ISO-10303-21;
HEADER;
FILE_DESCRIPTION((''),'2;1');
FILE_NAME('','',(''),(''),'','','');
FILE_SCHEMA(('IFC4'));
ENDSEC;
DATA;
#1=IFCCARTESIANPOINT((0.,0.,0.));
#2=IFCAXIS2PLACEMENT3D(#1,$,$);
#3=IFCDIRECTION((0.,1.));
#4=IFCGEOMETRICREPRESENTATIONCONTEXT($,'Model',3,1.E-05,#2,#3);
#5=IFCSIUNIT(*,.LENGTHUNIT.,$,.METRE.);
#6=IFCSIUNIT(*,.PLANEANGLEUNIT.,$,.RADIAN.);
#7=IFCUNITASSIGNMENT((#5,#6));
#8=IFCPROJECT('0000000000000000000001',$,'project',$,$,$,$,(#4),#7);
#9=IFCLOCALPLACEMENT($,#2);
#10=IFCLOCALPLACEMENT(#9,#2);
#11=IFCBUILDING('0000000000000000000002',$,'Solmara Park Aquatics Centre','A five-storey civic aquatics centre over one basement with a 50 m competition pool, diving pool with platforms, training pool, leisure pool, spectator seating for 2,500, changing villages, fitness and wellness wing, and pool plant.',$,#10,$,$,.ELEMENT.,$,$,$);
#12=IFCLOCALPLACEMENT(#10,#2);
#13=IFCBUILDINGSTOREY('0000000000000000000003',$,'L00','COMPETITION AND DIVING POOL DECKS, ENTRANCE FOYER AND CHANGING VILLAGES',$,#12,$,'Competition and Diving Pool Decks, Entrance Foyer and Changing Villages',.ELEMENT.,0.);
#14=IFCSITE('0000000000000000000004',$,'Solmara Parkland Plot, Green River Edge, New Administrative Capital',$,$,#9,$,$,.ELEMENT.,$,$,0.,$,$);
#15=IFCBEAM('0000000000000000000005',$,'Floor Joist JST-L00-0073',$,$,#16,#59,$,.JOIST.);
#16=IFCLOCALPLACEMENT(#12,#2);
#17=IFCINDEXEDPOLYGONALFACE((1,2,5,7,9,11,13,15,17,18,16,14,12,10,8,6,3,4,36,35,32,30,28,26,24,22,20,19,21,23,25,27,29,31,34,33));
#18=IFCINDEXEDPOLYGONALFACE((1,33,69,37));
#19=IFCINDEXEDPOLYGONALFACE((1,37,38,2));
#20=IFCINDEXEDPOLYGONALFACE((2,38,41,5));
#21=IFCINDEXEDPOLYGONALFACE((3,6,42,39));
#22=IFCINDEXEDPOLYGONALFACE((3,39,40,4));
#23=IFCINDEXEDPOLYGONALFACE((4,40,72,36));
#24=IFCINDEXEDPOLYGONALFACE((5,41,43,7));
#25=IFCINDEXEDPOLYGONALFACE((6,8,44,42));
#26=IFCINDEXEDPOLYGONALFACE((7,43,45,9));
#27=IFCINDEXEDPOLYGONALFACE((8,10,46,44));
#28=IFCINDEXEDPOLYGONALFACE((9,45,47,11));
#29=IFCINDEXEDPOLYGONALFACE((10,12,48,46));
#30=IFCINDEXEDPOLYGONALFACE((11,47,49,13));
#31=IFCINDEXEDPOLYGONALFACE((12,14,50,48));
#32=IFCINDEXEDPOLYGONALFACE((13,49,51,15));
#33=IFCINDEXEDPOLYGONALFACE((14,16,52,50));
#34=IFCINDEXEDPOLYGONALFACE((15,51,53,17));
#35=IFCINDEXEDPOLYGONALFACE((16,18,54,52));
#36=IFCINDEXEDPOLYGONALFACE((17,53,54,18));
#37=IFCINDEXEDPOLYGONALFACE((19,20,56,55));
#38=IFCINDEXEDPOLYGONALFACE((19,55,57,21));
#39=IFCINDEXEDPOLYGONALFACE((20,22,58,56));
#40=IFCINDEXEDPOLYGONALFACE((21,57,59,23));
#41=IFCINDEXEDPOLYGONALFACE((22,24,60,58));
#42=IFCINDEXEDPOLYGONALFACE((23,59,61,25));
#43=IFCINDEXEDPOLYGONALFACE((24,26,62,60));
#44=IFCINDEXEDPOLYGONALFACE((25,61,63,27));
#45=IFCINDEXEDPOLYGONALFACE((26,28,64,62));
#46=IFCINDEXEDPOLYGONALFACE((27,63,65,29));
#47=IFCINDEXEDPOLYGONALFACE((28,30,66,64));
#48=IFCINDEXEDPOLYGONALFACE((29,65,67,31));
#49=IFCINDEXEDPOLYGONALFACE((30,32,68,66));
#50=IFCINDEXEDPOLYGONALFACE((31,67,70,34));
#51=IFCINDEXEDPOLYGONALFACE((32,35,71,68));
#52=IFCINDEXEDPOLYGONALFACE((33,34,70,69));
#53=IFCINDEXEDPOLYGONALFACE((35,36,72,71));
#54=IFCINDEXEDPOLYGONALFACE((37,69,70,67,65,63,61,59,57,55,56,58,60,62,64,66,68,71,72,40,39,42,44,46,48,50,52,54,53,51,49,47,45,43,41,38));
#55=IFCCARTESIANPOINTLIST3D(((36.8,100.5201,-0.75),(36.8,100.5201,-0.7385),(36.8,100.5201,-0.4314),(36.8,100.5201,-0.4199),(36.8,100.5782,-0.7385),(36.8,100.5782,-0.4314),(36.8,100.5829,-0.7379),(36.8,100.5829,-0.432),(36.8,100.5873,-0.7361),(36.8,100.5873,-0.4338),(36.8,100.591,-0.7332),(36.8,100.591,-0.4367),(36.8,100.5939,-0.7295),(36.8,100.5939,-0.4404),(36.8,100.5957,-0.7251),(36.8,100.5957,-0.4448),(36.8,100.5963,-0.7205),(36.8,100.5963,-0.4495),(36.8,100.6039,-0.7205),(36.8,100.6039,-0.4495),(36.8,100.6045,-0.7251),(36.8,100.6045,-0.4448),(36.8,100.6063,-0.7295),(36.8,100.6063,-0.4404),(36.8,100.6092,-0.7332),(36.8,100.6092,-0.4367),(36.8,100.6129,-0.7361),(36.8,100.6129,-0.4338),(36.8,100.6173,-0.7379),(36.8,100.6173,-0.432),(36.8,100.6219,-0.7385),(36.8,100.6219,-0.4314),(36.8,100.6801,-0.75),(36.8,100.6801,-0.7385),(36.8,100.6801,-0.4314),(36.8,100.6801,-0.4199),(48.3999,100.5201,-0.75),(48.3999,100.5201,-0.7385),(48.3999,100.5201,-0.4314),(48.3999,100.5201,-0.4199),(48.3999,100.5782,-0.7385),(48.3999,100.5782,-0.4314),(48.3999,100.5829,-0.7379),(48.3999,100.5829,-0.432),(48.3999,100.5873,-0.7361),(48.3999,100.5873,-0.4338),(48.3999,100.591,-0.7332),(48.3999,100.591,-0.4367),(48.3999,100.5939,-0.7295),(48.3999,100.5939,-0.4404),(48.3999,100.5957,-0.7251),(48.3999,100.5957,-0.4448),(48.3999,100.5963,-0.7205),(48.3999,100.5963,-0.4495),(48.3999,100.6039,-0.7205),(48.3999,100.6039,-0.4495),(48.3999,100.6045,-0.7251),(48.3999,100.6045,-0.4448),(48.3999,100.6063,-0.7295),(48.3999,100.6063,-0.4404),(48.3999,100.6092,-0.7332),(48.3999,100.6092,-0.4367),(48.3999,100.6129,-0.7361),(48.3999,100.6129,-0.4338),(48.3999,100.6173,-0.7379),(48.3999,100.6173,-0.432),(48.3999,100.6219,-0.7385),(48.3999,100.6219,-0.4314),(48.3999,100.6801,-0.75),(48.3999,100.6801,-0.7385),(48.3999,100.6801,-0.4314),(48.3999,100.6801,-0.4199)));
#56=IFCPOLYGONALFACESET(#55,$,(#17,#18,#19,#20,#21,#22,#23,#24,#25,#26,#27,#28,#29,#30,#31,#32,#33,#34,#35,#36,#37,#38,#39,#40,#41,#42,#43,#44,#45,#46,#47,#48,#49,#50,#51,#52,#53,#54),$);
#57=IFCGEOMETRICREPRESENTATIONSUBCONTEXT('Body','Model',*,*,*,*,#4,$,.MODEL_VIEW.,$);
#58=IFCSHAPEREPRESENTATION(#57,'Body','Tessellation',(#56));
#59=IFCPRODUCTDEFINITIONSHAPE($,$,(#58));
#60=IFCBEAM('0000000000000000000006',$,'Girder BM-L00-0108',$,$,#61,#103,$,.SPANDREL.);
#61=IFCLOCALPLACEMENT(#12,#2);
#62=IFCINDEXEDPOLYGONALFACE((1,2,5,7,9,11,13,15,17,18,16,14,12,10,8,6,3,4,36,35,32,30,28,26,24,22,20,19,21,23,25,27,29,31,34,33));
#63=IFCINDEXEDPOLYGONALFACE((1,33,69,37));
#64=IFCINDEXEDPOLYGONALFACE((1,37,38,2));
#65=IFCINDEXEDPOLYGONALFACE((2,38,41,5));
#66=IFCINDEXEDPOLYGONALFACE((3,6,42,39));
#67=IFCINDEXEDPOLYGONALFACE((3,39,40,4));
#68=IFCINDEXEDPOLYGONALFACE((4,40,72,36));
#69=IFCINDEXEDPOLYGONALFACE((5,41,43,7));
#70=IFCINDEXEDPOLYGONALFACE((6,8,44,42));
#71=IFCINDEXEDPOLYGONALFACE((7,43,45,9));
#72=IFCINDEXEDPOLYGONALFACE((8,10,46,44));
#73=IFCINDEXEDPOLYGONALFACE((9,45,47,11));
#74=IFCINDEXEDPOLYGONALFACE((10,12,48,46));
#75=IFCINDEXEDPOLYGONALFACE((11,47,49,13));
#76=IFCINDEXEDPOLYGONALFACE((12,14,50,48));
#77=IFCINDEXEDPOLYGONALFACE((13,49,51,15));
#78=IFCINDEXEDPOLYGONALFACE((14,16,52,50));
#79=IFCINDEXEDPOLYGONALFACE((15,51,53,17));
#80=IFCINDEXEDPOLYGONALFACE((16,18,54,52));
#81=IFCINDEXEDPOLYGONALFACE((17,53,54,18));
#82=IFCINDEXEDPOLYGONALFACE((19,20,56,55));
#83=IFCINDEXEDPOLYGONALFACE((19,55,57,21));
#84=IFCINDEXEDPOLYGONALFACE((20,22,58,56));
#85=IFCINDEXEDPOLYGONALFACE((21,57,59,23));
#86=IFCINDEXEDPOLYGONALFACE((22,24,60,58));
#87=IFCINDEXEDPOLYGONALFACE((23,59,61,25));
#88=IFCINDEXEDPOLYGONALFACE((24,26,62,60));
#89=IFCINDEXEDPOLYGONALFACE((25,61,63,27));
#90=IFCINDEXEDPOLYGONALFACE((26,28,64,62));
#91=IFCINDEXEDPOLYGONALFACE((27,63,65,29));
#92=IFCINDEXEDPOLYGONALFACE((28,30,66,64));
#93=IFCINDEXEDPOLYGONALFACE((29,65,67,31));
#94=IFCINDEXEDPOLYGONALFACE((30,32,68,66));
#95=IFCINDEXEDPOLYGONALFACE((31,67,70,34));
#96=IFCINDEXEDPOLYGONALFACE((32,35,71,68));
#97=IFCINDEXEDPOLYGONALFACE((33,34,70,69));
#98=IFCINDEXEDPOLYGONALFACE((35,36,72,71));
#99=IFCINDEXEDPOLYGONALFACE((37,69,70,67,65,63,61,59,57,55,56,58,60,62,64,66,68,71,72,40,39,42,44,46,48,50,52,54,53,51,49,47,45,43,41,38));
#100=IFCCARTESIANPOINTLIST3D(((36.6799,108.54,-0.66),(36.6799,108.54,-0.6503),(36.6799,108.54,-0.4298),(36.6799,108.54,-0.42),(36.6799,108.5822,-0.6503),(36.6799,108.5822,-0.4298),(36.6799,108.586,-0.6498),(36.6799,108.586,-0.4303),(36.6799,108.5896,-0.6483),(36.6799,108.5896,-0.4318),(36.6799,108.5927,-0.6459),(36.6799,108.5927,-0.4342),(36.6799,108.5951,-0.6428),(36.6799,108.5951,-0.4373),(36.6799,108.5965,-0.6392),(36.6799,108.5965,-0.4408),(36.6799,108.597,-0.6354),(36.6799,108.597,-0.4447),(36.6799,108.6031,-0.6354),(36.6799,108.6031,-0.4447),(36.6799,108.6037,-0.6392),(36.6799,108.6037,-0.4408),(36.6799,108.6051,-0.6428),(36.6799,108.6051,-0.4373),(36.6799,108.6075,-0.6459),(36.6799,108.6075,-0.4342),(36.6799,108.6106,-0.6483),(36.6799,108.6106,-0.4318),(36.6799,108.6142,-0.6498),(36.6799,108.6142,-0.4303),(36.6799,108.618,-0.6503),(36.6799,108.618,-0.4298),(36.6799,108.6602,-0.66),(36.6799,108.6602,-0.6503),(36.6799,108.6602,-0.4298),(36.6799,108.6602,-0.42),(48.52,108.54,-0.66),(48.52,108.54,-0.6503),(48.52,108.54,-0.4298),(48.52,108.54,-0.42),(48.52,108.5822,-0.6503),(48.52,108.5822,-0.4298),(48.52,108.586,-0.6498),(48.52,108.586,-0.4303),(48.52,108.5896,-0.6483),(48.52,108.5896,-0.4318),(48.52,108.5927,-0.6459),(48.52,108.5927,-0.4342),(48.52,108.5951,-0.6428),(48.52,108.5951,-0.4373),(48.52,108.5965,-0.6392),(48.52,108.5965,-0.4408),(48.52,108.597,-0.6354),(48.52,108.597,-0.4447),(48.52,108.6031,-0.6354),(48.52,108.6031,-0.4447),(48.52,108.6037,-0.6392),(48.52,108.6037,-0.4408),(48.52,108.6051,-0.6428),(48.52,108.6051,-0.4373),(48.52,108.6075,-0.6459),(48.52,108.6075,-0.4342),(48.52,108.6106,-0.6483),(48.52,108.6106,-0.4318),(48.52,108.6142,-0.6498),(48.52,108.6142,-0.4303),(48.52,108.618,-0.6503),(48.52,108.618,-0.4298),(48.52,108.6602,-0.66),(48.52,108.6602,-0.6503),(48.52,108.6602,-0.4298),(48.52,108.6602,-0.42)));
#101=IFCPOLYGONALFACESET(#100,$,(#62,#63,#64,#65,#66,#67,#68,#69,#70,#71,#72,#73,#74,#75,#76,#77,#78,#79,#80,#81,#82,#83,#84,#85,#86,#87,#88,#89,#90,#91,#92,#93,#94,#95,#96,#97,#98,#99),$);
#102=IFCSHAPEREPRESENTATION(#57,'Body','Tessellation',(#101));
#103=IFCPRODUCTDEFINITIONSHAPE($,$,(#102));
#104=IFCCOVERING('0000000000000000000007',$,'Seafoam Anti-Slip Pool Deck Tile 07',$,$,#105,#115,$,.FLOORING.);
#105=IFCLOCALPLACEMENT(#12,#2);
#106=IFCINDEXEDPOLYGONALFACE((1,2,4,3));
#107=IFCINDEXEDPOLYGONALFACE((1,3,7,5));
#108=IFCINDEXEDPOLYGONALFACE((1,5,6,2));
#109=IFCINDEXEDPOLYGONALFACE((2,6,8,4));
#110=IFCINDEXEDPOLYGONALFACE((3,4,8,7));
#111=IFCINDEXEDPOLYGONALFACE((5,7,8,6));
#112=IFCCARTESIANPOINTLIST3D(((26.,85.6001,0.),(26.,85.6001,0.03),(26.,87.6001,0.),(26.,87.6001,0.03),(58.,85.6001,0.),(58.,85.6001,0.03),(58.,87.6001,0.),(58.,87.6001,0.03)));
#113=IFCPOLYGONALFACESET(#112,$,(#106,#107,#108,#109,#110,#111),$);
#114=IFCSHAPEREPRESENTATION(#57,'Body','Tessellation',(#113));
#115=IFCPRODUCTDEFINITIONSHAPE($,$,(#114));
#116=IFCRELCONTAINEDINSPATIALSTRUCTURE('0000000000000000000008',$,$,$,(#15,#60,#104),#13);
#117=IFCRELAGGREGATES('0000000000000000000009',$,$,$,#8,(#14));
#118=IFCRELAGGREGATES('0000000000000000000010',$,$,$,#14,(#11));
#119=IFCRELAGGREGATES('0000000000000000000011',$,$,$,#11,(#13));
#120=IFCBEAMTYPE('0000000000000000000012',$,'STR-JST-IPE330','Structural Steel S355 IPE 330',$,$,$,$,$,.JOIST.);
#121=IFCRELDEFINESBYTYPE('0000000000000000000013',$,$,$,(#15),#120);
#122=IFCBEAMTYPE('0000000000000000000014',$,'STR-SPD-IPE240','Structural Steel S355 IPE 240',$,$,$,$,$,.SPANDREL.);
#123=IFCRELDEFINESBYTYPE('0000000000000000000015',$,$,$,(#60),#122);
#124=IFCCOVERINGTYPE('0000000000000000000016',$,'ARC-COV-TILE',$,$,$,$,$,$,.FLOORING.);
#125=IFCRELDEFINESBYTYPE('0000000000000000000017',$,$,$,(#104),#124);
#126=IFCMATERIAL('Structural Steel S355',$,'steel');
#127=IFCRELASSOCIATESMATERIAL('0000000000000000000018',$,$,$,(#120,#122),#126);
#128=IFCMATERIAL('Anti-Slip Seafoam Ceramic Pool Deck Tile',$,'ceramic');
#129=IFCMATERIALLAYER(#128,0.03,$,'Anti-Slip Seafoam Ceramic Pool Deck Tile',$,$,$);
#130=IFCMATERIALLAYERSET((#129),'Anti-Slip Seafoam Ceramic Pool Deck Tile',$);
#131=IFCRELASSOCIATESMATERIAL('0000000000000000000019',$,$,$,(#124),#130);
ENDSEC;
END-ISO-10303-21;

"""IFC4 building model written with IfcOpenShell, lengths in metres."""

from ifc_helpers import new_model, si_unit, direction, frame, origin, origin_2d, place, context, subcontext, project, spatial, rectangle, i_section, extrude, material, layer, layer_set, material_profile, profile_set, type_object, element, save


model = new_model("IFC4")

# Units and contexts
model_context = context("Model", 3, precision=1e-05, world=origin(), true_north=direction((0.0, 1.0)))
body_context = subcontext(model_context, "Body", "Model", "MODEL_VIEW")
ifc_project = project(units=[si_unit("LENGTHUNIT", "METRE"), si_unit("PLANEANGLEUNIT", "RADIAN")], contexts=[model_context])

# Site, building, storey
site_placement = place(None, origin())
site = spatial("IfcSite", under=ifc_project, at=site_placement, Name="Solmara Parkland Plot, Green River Edge, New Administrative Capital", CompositionType="ELEMENT", RefElevation=0.0)
building_placement = place(site_placement, origin())
building = spatial("IfcBuilding", under=site, at=building_placement, Name="Solmara Park Aquatics Centre", Description="A five-storey civic aquatics centre over one basement with a 50 m competition pool, diving pool with platforms, training pool, leisure pool, spectator seating for 2,500, changing villages, fitness and wellness wing, and pool plant.", CompositionType="ELEMENT")
storey_placement = place(building_placement, origin())
storey = spatial("IfcBuildingStorey", under=building, at=storey_placement, Name="L00", Description="COMPETITION AND DIVING POOL DECKS, ENTRANCE FOYER AND CHANGING VILLAGES", LongName="Competition and Diving Pool Decks, Entrance Foyer and Changing Villages", CompositionType="ELEMENT", Elevation=0.0)

# Beams
ifc_material_1 = material(Name="Structural Steel S355", Category="steel")
ifc_material_profile_1 = material_profile(ifc_material_1, i_section(OverallWidth=0.1599, OverallDepth=0.3301, WebThickness=0.0076, FlangeThickness=0.0115, FilletRadius=0.0181, at=origin_2d()), Name="IPE 330")
ifc_profile_set_1 = profile_set([ifc_material_profile_1], Name="Structural Steel S355")
beam_type_1 = type_object("IfcBeamType", Name="STR-JST-IPE330", Description="Structural Steel S355 IPE 330", PredefinedType="JOIST", material=ifc_profile_set_1)
for number, where, z_axis, x_axis, name in (
    (1, (36.8, 100.6001, -0.585), (1.0, 0.0, 0.0), (0.0, 1.0, 0.0), "Floor Joist JST-L00-0073"),
):
    element("IfcBeam", number, at=place(storey_placement, frame(where, z_axis=z_axis, x_axis=x_axis)), inside=storey, type_object=beam_type_1, Name=name, PredefinedType="JOIST", context=body_context, shape_type="SweptSolid", body=[
        extrude(i_section(OverallWidth=0.1599, OverallDepth=0.3301, WebThickness=0.0076, FlangeThickness=0.0115, FilletRadius=0.0181, at=origin_2d()), origin(), (0.0, 0.0, 1.0), 11.5999),
    ])
ifc_material_profile_2 = material_profile(ifc_material_1, i_section(OverallWidth=0.1201, OverallDepth=0.24, WebThickness=0.0061, FlangeThickness=0.0098, FilletRadius=0.0149, at=origin_2d()), Name="IPE 240")
ifc_profile_set_2 = profile_set([ifc_material_profile_2], Name="Structural Steel S355")
beam_type_2 = type_object("IfcBeamType", Name="STR-SPD-IPE240", Description="Structural Steel S355 IPE 240", PredefinedType="SPANDREL", material=ifc_profile_set_2)
beam_1_placement = place(storey_placement, frame((36.6799, 108.6001, -0.54), z_axis=(1.0, 0.0, 0.0), x_axis=(0.0, 1.0, 0.0)))
element("IfcBeam", 2, at=beam_1_placement, inside=storey, type_object=beam_type_2, Name="Girder BM-L00-0108", PredefinedType="SPANDREL", context=body_context, shape_type="SweptSolid", body=[
    extrude(i_section(OverallWidth=0.1201, OverallDepth=0.24, WebThickness=0.0061, FlangeThickness=0.0098, FilletRadius=0.0149, at=origin_2d()), origin(), (0.0, 0.0, 1.0), 11.8401),
])

# Covering
ifc_material_2 = material(Name="Anti-Slip Seafoam Ceramic Pool Deck Tile", Category="ceramic")
ifc_layer = layer(ifc_material_2, 0.03, Name="Anti-Slip Seafoam Ceramic Pool Deck Tile")
ifc_layer_set = layer_set([ifc_layer], Name="Anti-Slip Seafoam Ceramic Pool Deck Tile")
covering_type = type_object("IfcCoveringType", Name="ARC-COV-TILE", PredefinedType="FLOORING", material=ifc_layer_set)
covering_placement = place(storey_placement, frame((42.0, 86.6001, 0.0), z_axis=(0.0, 0.0, 1.0), x_axis=(1.0, 0.0, 0.0)))
element("IfcCovering", 3, at=covering_placement, inside=storey, type_object=covering_type, Name="Seafoam Anti-Slip Pool Deck Tile 07", PredefinedType="FLOORING", context=body_context, shape_type="SweptSolid", body=[
    extrude(rectangle(XDim=32.0, YDim=2.0, at=origin_2d()), origin(), (0.0, 0.0, 1.0), 0.03),
])

save(model, "model.ifc")
